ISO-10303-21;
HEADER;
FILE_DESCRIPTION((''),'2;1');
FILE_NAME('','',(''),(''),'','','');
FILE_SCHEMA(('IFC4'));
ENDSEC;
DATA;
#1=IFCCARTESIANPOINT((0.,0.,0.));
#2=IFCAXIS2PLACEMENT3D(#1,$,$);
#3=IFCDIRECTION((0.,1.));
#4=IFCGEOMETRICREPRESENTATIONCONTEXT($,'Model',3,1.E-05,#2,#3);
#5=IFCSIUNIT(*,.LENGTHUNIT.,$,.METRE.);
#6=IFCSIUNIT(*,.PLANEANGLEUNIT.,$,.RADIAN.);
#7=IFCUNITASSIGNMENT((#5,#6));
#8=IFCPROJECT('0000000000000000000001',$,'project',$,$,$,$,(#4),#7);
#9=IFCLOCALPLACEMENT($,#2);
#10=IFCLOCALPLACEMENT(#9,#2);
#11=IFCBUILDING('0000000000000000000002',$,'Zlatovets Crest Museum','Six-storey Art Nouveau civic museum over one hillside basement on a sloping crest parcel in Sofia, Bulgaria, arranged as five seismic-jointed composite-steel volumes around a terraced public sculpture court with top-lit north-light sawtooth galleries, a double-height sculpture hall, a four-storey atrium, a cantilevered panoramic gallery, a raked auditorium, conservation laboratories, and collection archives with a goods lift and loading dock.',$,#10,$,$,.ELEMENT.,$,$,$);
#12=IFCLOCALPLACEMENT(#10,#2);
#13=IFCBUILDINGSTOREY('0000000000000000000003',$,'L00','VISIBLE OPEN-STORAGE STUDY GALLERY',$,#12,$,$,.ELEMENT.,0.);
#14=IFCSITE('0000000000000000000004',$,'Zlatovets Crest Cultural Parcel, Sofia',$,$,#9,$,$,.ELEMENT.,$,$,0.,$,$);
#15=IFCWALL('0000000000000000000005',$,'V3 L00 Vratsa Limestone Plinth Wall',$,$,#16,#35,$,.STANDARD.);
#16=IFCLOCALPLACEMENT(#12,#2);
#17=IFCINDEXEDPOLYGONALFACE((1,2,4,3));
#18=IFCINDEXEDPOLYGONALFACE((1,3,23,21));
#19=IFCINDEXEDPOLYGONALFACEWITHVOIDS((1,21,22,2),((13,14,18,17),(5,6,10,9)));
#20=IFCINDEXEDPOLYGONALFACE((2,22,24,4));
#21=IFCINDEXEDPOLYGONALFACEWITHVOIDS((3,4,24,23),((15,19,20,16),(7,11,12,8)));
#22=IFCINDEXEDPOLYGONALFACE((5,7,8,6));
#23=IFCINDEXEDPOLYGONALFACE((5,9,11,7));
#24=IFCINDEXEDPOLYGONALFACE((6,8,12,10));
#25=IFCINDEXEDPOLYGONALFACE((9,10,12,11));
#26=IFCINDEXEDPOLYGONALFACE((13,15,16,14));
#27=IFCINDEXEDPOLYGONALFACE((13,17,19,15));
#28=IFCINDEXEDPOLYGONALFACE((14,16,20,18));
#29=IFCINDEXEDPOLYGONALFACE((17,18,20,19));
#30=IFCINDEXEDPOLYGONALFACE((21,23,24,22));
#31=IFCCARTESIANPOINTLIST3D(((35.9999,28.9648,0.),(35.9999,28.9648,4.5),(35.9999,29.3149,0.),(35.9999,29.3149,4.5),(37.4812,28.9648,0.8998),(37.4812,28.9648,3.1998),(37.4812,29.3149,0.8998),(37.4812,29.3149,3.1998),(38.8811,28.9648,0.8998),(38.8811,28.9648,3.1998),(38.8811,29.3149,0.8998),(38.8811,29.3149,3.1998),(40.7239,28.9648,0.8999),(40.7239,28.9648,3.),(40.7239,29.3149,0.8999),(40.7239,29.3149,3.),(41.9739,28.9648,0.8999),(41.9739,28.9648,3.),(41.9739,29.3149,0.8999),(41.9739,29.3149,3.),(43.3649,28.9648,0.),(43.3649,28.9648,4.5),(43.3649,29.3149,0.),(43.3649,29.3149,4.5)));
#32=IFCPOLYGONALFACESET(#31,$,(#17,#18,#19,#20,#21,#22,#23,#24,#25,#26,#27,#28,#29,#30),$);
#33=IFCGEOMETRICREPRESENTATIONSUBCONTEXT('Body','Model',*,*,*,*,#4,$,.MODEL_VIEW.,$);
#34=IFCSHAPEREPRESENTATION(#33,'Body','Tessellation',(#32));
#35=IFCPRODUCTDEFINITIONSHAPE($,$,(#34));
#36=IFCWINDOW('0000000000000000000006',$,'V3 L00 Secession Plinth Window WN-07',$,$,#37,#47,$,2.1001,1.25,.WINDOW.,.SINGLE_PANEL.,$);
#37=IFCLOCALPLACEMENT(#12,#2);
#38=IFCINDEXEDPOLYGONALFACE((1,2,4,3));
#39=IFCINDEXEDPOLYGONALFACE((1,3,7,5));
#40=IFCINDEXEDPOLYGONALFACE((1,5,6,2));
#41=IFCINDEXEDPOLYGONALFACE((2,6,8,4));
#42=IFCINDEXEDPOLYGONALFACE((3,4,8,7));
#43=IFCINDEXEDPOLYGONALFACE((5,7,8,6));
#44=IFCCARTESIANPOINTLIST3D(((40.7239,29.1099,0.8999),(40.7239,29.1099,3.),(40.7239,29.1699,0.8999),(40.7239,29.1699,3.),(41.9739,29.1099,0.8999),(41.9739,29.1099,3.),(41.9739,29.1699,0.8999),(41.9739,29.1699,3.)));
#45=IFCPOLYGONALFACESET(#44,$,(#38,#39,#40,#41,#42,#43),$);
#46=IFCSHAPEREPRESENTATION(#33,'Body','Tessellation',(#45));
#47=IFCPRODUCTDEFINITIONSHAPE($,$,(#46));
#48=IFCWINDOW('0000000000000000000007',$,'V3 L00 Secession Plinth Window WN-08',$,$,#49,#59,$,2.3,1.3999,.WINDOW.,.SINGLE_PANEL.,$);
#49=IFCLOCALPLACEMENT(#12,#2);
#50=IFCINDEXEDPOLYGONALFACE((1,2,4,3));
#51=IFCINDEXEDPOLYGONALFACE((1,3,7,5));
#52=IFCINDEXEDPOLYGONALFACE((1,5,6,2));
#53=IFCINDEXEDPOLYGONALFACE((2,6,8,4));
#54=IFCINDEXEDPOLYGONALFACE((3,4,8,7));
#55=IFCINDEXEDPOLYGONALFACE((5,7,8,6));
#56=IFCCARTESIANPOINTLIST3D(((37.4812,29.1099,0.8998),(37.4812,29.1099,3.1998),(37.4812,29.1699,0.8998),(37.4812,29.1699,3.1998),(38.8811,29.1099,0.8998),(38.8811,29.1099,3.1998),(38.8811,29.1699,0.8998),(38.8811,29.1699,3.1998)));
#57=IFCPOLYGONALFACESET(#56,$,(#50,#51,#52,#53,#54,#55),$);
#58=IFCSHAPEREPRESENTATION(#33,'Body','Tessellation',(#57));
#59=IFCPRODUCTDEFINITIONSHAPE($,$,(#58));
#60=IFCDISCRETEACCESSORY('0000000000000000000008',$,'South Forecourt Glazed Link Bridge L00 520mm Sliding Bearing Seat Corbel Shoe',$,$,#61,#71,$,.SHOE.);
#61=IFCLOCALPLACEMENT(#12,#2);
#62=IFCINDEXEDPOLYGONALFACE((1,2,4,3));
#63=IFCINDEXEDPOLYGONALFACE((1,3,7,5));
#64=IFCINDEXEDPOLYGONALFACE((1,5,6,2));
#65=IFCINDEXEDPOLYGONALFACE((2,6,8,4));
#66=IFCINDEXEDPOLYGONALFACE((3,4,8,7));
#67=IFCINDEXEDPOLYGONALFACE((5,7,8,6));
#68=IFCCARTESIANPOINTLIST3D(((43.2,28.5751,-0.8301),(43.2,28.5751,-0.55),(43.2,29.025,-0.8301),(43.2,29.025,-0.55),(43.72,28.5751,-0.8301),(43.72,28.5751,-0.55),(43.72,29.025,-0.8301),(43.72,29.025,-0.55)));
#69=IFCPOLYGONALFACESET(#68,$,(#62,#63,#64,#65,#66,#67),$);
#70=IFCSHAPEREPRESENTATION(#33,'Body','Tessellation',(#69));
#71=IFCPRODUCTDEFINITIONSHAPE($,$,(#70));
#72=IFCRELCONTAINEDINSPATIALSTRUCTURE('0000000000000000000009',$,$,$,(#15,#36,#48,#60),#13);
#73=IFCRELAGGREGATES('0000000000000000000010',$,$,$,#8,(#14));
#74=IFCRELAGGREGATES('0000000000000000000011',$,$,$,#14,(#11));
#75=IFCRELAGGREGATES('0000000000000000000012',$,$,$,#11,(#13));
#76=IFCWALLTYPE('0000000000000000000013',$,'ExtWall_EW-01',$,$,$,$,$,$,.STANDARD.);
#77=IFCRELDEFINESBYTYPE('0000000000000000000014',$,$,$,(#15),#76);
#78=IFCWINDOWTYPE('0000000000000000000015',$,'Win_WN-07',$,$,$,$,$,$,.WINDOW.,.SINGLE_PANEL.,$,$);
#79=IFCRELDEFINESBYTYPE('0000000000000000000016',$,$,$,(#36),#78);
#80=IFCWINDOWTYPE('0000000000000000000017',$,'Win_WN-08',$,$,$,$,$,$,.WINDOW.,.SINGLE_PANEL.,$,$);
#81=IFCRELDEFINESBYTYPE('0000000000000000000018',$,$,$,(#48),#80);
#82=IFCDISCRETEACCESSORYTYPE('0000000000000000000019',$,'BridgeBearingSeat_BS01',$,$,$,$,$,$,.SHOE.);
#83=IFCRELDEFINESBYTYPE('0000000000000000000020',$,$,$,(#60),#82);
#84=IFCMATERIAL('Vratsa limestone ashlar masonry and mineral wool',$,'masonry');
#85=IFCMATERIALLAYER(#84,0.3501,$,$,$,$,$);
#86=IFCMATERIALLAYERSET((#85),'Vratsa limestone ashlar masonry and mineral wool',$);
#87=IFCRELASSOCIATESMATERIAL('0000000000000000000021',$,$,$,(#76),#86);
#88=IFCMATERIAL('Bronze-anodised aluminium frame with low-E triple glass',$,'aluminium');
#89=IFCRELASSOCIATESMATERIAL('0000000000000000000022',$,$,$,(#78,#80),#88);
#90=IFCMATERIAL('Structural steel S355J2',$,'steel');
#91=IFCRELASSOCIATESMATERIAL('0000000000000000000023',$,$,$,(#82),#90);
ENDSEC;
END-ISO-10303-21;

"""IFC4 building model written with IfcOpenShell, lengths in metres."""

from ifc_helpers import new_model, si_unit, direction, frame, frame_2d, origin, origin_2d, place, context, subcontext, project, spatial, rectangle, extrude, material, layer, layer_set, type_object, element, fill, save


model = new_model("IFC4")

# Units and contexts
model_context = context("Model", 3, precision=1e-05, world=origin(), true_north=direction((0.0, 1.0)))
body_context = subcontext(model_context, "Body", "Model", "MODEL_VIEW")
ifc_project = project(units=[si_unit("LENGTHUNIT", "METRE"), si_unit("PLANEANGLEUNIT", "RADIAN")], contexts=[model_context])

# Site, building, storey
site_placement = place(None, origin())
site = spatial("IfcSite", under=ifc_project, at=site_placement, Name="Zlatovets Crest Cultural Parcel, Sofia", CompositionType="ELEMENT", RefElevation=0.0)
building_placement = place(site_placement, origin())
building = spatial("IfcBuilding", under=site, at=building_placement, Name="Zlatovets Crest Museum", Description="Six-storey Art Nouveau civic museum over one hillside basement on a sloping crest parcel in Sofia, Bulgaria, arranged as five seismic-jointed composite-steel volumes around a terraced public sculpture court with top-lit north-light sawtooth galleries, a double-height sculpture hall, a four-storey atrium, a cantilevered panoramic gallery, a raked auditorium, conservation laboratories, and collection archives with a goods lift and loading dock.", CompositionType="ELEMENT")
storey_placement = place(building_placement, origin())
storey = spatial("IfcBuildingStorey", under=building, at=storey_placement, Name="L00", Description="VISIBLE OPEN-STORAGE STUDY GALLERY", CompositionType="ELEMENT", Elevation=0.0)

# Shared definitions
ifc_material_1 = material(Name="Structural steel S355J2", Category="steel")

# Wall, openings, windows
ifc_material_2 = material(Name="Vratsa limestone ashlar masonry and mineral wool", Category="masonry")
ifc_layer_1 = layer(ifc_material_2, 0.3501)
ifc_layer_set_1 = layer_set([ifc_layer_1], Name="Vratsa limestone ashlar masonry and mineral wool")
wall_type = type_object("IfcWallType", Name="ExtWall_EW-01", PredefinedType="STANDARD", material=ifc_layer_set_1)
wall_placement = place(storey_placement, frame((43.365, 29.1399, 0.0), z_axis=(0.0, 0.0, 1.0), x_axis=(-1.0, 0.0, 0.0)))
wall = element("IfcWall", 1, at=wall_placement, inside=storey, type_object=wall_type, Name="V3 L00 Vratsa Limestone Plinth Wall", PredefinedType="STANDARD", context=body_context, shape_type="SweptSolid", body=[
    extrude(rectangle(XDim=7.365, YDim=0.3501, at=frame_2d((3.6826, 0.0))), origin(), (0.0, 0.0, 1.0), 4.5),
])
opening_1_placement = place(wall_placement, frame((1.3911, 0.0, 0.8999)))
opening_1 = element("IfcOpeningElement", 2, at=opening_1_placement, cuts=wall, PredefinedType="OPENING", context=body_context, shape_type="SweptSolid", body=[
    extrude(rectangle(XDim=1.25, YDim=2.1001, at=frame_2d((0.625, 1.05))), frame((0.0, 0.1851, 0.0), z_axis=(0.0, -1.0, 0.0), x_axis=(1.0, 0.0, 0.0)), (0.0, 0.0, 1.0), 0.3701),
])
opening_2_placement = place(wall_placement, frame((4.4839, 0.0, 0.8999)))
opening_2 = element("IfcOpeningElement", 3, at=opening_2_placement, cuts=wall, PredefinedType="OPENING", context=body_context, shape_type="SweptSolid", body=[
    extrude(rectangle(XDim=1.3999, YDim=2.3, at=frame_2d((0.7, 1.1499))), frame((0.0, 0.1851, 0.0), z_axis=(0.0, -1.0, 0.0), x_axis=(1.0, 0.0, 0.0)), (0.0, 0.0, 1.0), 0.3701),
])
ifc_material_3 = material(Name="Bronze-anodised aluminium frame with low-E triple glass", Category="aluminium")
window_type_1 = type_object("IfcWindowType", Name="Win_WN-07", PartitioningType="SINGLE_PANEL", PredefinedType="WINDOW", material=ifc_material_3)
window_1_placement = place(opening_1_placement, origin())
window_1 = element("IfcWindow", 4, at=window_1_placement, inside=storey, type_object=window_type_1, Name="V3 L00 Secession Plinth Window WN-07", OverallHeight=2.1001, OverallWidth=1.25, PartitioningType="SINGLE_PANEL", PredefinedType="WINDOW", context=body_context, shape_type="SweptSolid", body=[
    extrude(rectangle(XDim=1.25, YDim=2.1001, at=frame_2d((0.625, 1.05))), frame((0.0, 0.03, 0.0), z_axis=(0.0, -1.0, 0.0), x_axis=(1.0, 0.0, 0.0)), (0.0, 0.0, 1.0), 0.0601),
])
fill(opening_1, window_1)
window_type_2 = type_object("IfcWindowType", Name="Win_WN-08", PartitioningType="SINGLE_PANEL", PredefinedType="WINDOW", material=ifc_material_3)
window_2_placement = place(opening_2_placement, origin())
window_2 = element("IfcWindow", 5, at=window_2_placement, inside=storey, type_object=window_type_2, Name="V3 L00 Secession Plinth Window WN-08", OverallHeight=2.3, OverallWidth=1.3999, PartitioningType="SINGLE_PANEL", PredefinedType="WINDOW", context=body_context, shape_type="SweptSolid", body=[
    extrude(rectangle(XDim=1.3999, YDim=2.3, at=frame_2d((0.7, 1.1499))), frame((0.0, 0.03, 0.0), z_axis=(0.0, -1.0, 0.0), x_axis=(1.0, 0.0, 0.0)), (0.0, 0.0, 1.0), 0.0601),
])
fill(opening_2, window_2)

# Discrete accessory
discrete_accessory_type = type_object("IfcDiscreteAccessoryType", Name="BridgeBearingSeat_BS01", PredefinedType="SHOE", material=ifc_material_1)
discrete_accessory_placement = place(storey_placement, frame((43.46, 28.8, -0.8301), z_axis=(0.0, 0.0, 1.0), x_axis=(1.0, 0.0, 0.0)))
element("IfcDiscreteAccessory", 6, at=discrete_accessory_placement, inside=storey, type_object=discrete_accessory_type, Name="South Forecourt Glazed Link Bridge L00 520mm Sliding Bearing Seat Corbel Shoe", PredefinedType="SHOE", context=body_context, shape_type="SweptSolid", body=[
    extrude(rectangle(XDim=0.52, YDim=0.45, at=origin_2d()), origin(), (0.0, 0.0, 1.0), 0.28),
])

save(model, "model.ifc")
